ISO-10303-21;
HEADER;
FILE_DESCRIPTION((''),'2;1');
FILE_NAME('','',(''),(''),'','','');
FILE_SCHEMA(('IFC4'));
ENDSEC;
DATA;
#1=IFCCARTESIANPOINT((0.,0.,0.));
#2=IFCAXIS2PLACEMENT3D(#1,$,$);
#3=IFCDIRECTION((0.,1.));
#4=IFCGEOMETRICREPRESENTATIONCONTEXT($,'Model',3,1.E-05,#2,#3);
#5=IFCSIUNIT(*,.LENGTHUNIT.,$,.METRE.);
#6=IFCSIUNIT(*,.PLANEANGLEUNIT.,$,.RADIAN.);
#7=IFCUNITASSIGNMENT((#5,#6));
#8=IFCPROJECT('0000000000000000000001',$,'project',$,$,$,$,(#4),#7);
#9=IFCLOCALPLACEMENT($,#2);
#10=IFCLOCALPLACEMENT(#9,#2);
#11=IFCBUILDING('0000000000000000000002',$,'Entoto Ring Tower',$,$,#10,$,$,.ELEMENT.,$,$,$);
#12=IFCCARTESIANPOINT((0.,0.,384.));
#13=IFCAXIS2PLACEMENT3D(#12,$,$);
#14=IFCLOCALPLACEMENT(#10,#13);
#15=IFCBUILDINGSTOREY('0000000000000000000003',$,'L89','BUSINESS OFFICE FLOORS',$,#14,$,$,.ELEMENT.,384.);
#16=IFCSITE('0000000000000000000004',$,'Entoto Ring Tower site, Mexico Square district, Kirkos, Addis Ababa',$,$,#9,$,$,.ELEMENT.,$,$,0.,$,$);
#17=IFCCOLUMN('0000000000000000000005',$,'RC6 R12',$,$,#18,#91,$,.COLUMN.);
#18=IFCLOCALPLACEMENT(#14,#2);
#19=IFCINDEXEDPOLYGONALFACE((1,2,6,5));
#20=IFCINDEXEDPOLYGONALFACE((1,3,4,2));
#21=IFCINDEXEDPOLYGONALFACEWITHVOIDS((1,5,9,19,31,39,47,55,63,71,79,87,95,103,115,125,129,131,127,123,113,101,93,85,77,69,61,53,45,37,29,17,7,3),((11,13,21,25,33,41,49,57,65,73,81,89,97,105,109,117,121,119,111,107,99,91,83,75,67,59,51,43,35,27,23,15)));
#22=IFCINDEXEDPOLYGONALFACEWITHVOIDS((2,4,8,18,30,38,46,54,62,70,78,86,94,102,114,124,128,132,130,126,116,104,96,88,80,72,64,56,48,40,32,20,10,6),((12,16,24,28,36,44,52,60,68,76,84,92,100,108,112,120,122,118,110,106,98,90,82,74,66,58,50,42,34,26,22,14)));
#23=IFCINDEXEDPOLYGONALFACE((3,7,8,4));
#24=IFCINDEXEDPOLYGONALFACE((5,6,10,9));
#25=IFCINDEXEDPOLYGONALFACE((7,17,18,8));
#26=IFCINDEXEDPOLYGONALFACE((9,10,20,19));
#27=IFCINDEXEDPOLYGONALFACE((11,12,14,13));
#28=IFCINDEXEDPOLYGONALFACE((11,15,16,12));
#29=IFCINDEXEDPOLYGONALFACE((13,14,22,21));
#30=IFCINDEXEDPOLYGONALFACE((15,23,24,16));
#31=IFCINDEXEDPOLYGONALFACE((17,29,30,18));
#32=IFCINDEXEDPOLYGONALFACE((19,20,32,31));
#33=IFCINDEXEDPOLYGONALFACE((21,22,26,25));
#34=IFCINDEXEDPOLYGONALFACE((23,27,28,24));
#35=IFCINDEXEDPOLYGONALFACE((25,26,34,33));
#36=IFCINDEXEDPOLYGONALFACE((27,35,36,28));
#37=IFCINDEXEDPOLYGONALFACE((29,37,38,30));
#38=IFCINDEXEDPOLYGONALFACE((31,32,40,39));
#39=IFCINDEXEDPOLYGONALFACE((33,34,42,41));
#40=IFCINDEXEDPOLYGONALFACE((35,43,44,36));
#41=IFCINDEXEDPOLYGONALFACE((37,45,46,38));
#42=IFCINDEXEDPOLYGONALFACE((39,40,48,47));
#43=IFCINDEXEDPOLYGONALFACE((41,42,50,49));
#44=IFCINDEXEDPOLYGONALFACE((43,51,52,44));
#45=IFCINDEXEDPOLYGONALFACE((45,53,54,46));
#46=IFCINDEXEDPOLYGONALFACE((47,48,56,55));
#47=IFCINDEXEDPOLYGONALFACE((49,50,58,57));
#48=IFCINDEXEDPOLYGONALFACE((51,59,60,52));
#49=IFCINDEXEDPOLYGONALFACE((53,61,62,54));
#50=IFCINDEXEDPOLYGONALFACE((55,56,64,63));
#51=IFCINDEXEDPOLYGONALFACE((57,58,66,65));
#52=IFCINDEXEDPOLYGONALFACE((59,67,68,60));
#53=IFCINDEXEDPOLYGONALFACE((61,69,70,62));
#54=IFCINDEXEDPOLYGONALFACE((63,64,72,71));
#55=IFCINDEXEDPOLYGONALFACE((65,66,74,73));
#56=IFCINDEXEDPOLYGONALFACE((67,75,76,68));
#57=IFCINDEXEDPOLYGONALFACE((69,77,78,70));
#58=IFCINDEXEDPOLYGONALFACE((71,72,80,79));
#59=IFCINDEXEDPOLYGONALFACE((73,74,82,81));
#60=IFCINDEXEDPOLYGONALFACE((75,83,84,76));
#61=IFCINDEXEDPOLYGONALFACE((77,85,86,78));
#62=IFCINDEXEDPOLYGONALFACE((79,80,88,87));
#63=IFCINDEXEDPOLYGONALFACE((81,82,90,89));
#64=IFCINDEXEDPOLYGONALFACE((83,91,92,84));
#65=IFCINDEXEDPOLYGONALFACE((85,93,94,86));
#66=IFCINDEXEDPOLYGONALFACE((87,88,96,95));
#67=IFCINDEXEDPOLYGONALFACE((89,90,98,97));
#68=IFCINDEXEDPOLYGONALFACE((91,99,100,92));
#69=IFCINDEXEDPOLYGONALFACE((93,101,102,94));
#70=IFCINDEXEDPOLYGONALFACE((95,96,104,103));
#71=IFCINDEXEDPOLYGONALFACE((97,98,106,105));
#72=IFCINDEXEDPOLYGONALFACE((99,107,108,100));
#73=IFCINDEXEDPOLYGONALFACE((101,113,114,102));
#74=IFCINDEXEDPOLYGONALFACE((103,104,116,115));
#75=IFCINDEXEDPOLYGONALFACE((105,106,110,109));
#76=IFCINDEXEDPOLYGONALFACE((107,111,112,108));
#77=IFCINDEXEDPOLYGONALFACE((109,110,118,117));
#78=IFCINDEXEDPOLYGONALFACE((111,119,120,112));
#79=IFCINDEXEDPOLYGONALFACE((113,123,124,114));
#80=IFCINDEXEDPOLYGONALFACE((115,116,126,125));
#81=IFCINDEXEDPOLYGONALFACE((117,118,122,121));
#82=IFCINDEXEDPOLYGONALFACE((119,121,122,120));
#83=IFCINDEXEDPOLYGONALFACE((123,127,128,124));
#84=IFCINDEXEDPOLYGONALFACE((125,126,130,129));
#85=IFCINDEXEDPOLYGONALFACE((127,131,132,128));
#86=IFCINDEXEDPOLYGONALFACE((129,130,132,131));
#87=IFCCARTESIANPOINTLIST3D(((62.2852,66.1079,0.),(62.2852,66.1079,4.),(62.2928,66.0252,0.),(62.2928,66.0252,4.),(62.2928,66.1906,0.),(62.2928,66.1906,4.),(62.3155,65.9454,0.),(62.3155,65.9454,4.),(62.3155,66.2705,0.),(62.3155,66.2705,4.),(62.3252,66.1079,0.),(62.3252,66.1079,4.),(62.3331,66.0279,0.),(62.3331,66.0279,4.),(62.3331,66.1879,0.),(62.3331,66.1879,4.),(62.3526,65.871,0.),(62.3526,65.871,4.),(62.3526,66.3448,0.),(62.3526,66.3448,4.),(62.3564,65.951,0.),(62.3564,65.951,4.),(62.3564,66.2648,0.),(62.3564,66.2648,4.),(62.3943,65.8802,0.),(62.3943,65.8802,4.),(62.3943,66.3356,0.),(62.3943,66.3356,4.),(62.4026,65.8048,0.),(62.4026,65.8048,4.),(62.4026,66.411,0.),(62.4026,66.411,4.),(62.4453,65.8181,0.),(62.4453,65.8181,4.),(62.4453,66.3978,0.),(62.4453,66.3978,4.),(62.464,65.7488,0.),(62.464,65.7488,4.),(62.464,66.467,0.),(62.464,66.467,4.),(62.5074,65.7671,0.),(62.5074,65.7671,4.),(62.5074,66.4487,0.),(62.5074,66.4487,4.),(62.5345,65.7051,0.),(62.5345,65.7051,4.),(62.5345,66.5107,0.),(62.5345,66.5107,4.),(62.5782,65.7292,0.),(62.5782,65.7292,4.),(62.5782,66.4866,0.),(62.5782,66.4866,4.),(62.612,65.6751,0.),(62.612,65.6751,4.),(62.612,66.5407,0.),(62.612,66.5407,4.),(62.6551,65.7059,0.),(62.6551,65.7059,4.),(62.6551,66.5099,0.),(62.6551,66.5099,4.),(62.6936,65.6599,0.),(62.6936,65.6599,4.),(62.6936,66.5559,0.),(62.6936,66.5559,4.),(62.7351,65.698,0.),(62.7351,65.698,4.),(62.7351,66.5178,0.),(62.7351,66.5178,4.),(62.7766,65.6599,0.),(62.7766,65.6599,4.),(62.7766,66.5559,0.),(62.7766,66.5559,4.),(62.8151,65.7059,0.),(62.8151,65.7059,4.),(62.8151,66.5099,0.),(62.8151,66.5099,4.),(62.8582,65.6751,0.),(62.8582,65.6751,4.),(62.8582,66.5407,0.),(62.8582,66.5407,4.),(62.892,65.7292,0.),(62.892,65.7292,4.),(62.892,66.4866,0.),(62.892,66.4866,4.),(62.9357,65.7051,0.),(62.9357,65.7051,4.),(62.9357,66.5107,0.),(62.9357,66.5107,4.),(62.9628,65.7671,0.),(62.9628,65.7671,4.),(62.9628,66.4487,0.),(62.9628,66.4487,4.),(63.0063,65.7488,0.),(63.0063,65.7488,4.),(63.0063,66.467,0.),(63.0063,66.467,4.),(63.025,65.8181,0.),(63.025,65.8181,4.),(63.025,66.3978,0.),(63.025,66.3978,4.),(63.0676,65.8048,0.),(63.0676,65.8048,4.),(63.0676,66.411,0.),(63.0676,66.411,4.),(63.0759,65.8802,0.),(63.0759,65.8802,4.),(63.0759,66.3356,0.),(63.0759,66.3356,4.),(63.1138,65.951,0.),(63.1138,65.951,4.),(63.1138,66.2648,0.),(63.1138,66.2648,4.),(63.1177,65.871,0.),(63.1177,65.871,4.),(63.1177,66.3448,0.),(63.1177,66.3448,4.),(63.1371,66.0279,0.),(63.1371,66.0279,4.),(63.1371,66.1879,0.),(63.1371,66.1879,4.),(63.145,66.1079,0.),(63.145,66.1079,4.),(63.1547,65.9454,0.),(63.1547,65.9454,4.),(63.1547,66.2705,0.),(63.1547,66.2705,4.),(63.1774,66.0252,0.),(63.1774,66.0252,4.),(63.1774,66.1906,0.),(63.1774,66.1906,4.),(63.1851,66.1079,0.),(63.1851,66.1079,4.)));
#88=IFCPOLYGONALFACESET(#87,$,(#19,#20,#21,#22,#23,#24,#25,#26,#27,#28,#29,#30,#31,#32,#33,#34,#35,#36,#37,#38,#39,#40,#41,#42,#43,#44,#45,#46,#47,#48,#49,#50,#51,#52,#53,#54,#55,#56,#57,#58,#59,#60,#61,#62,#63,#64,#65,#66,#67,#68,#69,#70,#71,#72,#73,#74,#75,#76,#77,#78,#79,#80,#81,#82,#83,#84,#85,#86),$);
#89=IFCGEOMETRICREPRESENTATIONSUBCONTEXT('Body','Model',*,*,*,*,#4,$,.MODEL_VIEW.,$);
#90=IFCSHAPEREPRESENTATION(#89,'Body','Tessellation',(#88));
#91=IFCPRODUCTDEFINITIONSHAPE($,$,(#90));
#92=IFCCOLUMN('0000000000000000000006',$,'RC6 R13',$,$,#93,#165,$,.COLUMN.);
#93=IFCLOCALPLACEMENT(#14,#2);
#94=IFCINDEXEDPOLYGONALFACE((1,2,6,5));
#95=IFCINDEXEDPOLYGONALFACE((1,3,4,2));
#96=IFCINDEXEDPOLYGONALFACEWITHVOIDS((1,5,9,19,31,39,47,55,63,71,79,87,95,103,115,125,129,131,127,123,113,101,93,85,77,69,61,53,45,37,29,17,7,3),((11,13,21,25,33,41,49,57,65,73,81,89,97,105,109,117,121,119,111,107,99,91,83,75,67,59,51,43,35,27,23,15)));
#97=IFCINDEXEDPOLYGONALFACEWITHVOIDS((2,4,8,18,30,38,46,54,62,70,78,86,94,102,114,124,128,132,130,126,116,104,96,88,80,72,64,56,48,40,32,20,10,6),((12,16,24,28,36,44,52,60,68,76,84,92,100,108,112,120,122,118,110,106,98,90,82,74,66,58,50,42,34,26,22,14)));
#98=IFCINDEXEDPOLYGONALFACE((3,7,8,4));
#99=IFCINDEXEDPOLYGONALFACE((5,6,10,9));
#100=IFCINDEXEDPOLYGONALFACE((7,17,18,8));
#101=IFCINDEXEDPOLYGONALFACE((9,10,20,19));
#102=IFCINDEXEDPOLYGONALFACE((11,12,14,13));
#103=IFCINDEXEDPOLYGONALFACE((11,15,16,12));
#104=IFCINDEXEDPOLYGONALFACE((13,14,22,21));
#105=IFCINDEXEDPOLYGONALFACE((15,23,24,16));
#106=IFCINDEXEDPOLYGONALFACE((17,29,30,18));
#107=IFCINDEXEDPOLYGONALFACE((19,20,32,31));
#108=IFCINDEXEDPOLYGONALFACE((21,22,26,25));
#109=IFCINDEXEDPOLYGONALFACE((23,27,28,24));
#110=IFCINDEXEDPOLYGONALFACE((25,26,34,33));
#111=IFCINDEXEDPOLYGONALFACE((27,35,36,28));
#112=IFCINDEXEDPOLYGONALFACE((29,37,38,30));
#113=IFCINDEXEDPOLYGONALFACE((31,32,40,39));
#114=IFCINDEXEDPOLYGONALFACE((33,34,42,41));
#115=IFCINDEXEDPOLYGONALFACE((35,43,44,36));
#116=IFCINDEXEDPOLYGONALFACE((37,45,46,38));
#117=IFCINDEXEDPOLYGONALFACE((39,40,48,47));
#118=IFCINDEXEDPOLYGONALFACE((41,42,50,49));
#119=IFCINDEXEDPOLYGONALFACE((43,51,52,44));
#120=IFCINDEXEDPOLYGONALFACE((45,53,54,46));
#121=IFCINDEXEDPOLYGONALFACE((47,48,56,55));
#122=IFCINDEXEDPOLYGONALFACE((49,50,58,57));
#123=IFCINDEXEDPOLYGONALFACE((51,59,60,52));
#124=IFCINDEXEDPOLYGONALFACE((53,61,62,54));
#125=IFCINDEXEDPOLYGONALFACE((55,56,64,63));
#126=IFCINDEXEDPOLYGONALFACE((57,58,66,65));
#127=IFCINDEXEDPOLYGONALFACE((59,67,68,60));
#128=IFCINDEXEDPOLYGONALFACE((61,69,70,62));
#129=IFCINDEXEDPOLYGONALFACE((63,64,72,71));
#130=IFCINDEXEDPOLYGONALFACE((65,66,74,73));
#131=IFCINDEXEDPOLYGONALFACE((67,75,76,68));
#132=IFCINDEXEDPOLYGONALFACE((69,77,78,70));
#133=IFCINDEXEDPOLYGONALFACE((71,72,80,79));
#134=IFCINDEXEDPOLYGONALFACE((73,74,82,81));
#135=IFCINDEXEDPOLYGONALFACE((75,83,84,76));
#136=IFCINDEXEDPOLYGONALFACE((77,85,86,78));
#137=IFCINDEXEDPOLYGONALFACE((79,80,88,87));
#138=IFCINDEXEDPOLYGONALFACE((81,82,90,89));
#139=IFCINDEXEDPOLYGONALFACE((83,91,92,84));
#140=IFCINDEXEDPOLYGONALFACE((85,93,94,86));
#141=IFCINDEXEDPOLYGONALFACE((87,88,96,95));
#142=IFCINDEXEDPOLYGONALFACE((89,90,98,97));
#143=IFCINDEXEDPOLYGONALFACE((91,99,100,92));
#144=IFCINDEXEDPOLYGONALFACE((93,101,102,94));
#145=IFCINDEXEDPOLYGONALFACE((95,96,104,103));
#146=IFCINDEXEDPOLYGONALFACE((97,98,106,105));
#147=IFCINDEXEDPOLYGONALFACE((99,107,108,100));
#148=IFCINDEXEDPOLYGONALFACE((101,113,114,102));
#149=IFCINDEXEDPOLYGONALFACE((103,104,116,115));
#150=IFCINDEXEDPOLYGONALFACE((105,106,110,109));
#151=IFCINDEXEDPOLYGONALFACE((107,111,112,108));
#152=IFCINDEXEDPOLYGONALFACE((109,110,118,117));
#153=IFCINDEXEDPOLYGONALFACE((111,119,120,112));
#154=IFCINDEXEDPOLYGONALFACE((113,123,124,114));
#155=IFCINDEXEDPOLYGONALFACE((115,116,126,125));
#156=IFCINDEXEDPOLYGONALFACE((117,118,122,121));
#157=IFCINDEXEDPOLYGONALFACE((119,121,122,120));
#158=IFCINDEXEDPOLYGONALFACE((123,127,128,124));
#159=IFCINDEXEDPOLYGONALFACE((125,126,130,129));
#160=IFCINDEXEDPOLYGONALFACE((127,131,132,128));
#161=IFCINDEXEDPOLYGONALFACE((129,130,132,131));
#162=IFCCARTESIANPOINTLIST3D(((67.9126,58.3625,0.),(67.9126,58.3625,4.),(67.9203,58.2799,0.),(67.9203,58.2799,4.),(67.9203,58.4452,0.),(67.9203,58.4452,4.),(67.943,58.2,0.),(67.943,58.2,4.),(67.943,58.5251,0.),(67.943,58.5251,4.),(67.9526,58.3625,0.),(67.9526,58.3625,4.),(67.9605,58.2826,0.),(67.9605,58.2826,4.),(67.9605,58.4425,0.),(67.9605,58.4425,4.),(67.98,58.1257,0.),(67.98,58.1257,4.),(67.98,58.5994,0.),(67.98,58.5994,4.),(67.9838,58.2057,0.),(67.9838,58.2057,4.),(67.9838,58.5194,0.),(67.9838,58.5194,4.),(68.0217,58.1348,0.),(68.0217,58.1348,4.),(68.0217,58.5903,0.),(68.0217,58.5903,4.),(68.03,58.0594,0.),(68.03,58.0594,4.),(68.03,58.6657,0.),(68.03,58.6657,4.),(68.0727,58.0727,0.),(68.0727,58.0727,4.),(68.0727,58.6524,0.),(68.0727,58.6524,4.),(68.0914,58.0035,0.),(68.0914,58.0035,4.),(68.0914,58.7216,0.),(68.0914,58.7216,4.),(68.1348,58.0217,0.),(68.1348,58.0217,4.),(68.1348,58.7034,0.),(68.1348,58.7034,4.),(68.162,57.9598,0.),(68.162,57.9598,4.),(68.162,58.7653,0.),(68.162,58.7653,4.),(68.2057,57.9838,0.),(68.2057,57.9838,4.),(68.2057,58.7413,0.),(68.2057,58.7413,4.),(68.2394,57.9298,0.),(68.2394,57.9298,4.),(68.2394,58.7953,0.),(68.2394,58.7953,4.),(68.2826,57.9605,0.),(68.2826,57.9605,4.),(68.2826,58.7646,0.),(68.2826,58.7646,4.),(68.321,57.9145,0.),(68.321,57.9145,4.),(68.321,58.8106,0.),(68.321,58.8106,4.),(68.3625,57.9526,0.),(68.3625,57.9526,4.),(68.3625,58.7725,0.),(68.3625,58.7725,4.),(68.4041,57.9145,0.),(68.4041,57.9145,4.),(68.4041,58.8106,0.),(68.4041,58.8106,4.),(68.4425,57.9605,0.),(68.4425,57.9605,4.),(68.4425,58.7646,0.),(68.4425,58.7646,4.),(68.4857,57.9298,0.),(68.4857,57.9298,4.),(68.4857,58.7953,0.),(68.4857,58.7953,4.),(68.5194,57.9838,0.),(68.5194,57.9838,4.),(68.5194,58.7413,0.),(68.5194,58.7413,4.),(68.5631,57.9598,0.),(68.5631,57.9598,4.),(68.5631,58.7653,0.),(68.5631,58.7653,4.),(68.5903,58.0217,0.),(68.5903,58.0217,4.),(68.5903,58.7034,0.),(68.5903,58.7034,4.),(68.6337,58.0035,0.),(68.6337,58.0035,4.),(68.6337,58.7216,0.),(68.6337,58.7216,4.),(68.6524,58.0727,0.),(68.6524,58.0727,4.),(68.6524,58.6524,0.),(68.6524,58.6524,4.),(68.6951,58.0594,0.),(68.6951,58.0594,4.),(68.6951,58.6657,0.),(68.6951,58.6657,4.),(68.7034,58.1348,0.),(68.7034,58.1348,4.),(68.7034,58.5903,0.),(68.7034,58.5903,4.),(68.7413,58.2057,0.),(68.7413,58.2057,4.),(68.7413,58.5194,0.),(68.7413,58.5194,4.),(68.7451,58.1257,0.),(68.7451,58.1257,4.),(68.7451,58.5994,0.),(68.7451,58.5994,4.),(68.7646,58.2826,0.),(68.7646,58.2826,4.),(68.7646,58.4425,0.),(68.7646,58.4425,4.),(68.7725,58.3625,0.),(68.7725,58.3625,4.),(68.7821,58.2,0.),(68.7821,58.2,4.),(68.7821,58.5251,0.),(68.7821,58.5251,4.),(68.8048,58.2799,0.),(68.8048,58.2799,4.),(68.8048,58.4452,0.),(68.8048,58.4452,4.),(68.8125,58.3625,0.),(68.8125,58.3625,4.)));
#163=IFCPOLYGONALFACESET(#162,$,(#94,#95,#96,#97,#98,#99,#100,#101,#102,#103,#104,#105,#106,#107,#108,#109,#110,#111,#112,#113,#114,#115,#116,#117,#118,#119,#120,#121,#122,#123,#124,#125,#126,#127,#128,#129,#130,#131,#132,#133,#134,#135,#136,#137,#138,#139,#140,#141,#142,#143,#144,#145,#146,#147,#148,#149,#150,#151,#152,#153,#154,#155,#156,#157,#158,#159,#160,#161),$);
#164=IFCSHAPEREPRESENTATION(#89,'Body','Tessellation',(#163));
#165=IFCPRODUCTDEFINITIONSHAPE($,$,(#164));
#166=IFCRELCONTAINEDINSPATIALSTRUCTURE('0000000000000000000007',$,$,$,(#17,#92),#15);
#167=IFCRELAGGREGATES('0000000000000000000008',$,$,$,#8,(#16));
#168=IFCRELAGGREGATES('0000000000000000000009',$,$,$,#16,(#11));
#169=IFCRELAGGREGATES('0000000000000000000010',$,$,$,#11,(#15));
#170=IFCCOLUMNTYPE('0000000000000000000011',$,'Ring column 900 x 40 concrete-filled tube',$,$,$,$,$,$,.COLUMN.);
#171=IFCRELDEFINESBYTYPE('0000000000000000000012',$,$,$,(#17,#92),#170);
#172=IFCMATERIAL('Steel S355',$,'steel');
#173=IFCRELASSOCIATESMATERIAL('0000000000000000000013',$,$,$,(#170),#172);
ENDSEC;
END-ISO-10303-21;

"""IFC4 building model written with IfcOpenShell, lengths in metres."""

from ifc_helpers import new_model, si_unit, direction, frame, origin, origin_2d, place, context, subcontext, project, spatial, circle, hollow_circle, extrude, material, material_profile, profile_set, type_object, element, save


model = new_model("IFC4")

# Units and contexts
model_context = context("Model", 3, precision=1e-05, world=origin(), true_north=direction((0.0, 1.0)))
body_context = subcontext(model_context, "Body", "Model", "MODEL_VIEW")
ifc_project = project(units=[si_unit("LENGTHUNIT", "METRE"), si_unit("PLANEANGLEUNIT", "RADIAN")], contexts=[model_context])

# Site, building, storey
site_placement = place(None, origin())
site = spatial("IfcSite", under=ifc_project, at=site_placement, Name="Entoto Ring Tower site, Mexico Square district, Kirkos, Addis Ababa", CompositionType="ELEMENT", RefElevation=0.0)
building_placement = place(site_placement, origin())
building = spatial("IfcBuilding", under=site, at=building_placement, Name="Entoto Ring Tower", CompositionType="ELEMENT")
storey_placement = place(building_placement, frame((0.0, 0.0, 384.0)))
storey = spatial("IfcBuildingStorey", under=building, at=storey_placement, Name="L89", Description="BUSINESS OFFICE FLOORS", CompositionType="ELEMENT", Elevation=384.0)

# Columns
ifc_material_1 = material(Name="Steel S355", Category="steel")
ifc_material_profile_1 = material_profile(ifc_material_1, hollow_circle(Radius=0.45, WallThickness=0.04, at=origin_2d()), Name="CHS 900 x 40")
ifc_material_2 = material(Name="Concrete C60/75", Category="concrete")
ifc_material_profile_2 = material_profile(ifc_material_2, circle(Radius=0.4099, at=origin_2d()), Name="Concrete C60/75 infill")
ifc_profile_set_1 = profile_set([ifc_material_profile_1, ifc_material_profile_2], Name="Steel S355")
column_type = type_object("IfcColumnType", Name="Ring column 900 x 40 concrete-filled tube", PredefinedType="COLUMN", material=ifc_profile_set_1)
for number, where, z_axis, x_axis, name in (
    (1, (62.7351, 66.1079, 0.0), (0.0, 0.0, 1.0), (1.0, 0.0, 0.0), "RC6 R12"),
    (2, (68.3625, 58.3625, 0.0), (0.0, 0.0, 1.0), (1.0, 0.0, 0.0), "RC6 R13"),
):
    element("IfcColumn", number, at=place(storey_placement, frame(where, z_axis=z_axis, x_axis=x_axis)), inside=storey, type_object=column_type, Name=name, PredefinedType="COLUMN", context=body_context, shape_type="SweptSolid", body=[
        extrude(hollow_circle(Radius=0.45, WallThickness=0.04, at=origin_2d()), origin(), (0.0, 0.0, 1.0), 4.0),
    ])

save(model, "model.ifc")
